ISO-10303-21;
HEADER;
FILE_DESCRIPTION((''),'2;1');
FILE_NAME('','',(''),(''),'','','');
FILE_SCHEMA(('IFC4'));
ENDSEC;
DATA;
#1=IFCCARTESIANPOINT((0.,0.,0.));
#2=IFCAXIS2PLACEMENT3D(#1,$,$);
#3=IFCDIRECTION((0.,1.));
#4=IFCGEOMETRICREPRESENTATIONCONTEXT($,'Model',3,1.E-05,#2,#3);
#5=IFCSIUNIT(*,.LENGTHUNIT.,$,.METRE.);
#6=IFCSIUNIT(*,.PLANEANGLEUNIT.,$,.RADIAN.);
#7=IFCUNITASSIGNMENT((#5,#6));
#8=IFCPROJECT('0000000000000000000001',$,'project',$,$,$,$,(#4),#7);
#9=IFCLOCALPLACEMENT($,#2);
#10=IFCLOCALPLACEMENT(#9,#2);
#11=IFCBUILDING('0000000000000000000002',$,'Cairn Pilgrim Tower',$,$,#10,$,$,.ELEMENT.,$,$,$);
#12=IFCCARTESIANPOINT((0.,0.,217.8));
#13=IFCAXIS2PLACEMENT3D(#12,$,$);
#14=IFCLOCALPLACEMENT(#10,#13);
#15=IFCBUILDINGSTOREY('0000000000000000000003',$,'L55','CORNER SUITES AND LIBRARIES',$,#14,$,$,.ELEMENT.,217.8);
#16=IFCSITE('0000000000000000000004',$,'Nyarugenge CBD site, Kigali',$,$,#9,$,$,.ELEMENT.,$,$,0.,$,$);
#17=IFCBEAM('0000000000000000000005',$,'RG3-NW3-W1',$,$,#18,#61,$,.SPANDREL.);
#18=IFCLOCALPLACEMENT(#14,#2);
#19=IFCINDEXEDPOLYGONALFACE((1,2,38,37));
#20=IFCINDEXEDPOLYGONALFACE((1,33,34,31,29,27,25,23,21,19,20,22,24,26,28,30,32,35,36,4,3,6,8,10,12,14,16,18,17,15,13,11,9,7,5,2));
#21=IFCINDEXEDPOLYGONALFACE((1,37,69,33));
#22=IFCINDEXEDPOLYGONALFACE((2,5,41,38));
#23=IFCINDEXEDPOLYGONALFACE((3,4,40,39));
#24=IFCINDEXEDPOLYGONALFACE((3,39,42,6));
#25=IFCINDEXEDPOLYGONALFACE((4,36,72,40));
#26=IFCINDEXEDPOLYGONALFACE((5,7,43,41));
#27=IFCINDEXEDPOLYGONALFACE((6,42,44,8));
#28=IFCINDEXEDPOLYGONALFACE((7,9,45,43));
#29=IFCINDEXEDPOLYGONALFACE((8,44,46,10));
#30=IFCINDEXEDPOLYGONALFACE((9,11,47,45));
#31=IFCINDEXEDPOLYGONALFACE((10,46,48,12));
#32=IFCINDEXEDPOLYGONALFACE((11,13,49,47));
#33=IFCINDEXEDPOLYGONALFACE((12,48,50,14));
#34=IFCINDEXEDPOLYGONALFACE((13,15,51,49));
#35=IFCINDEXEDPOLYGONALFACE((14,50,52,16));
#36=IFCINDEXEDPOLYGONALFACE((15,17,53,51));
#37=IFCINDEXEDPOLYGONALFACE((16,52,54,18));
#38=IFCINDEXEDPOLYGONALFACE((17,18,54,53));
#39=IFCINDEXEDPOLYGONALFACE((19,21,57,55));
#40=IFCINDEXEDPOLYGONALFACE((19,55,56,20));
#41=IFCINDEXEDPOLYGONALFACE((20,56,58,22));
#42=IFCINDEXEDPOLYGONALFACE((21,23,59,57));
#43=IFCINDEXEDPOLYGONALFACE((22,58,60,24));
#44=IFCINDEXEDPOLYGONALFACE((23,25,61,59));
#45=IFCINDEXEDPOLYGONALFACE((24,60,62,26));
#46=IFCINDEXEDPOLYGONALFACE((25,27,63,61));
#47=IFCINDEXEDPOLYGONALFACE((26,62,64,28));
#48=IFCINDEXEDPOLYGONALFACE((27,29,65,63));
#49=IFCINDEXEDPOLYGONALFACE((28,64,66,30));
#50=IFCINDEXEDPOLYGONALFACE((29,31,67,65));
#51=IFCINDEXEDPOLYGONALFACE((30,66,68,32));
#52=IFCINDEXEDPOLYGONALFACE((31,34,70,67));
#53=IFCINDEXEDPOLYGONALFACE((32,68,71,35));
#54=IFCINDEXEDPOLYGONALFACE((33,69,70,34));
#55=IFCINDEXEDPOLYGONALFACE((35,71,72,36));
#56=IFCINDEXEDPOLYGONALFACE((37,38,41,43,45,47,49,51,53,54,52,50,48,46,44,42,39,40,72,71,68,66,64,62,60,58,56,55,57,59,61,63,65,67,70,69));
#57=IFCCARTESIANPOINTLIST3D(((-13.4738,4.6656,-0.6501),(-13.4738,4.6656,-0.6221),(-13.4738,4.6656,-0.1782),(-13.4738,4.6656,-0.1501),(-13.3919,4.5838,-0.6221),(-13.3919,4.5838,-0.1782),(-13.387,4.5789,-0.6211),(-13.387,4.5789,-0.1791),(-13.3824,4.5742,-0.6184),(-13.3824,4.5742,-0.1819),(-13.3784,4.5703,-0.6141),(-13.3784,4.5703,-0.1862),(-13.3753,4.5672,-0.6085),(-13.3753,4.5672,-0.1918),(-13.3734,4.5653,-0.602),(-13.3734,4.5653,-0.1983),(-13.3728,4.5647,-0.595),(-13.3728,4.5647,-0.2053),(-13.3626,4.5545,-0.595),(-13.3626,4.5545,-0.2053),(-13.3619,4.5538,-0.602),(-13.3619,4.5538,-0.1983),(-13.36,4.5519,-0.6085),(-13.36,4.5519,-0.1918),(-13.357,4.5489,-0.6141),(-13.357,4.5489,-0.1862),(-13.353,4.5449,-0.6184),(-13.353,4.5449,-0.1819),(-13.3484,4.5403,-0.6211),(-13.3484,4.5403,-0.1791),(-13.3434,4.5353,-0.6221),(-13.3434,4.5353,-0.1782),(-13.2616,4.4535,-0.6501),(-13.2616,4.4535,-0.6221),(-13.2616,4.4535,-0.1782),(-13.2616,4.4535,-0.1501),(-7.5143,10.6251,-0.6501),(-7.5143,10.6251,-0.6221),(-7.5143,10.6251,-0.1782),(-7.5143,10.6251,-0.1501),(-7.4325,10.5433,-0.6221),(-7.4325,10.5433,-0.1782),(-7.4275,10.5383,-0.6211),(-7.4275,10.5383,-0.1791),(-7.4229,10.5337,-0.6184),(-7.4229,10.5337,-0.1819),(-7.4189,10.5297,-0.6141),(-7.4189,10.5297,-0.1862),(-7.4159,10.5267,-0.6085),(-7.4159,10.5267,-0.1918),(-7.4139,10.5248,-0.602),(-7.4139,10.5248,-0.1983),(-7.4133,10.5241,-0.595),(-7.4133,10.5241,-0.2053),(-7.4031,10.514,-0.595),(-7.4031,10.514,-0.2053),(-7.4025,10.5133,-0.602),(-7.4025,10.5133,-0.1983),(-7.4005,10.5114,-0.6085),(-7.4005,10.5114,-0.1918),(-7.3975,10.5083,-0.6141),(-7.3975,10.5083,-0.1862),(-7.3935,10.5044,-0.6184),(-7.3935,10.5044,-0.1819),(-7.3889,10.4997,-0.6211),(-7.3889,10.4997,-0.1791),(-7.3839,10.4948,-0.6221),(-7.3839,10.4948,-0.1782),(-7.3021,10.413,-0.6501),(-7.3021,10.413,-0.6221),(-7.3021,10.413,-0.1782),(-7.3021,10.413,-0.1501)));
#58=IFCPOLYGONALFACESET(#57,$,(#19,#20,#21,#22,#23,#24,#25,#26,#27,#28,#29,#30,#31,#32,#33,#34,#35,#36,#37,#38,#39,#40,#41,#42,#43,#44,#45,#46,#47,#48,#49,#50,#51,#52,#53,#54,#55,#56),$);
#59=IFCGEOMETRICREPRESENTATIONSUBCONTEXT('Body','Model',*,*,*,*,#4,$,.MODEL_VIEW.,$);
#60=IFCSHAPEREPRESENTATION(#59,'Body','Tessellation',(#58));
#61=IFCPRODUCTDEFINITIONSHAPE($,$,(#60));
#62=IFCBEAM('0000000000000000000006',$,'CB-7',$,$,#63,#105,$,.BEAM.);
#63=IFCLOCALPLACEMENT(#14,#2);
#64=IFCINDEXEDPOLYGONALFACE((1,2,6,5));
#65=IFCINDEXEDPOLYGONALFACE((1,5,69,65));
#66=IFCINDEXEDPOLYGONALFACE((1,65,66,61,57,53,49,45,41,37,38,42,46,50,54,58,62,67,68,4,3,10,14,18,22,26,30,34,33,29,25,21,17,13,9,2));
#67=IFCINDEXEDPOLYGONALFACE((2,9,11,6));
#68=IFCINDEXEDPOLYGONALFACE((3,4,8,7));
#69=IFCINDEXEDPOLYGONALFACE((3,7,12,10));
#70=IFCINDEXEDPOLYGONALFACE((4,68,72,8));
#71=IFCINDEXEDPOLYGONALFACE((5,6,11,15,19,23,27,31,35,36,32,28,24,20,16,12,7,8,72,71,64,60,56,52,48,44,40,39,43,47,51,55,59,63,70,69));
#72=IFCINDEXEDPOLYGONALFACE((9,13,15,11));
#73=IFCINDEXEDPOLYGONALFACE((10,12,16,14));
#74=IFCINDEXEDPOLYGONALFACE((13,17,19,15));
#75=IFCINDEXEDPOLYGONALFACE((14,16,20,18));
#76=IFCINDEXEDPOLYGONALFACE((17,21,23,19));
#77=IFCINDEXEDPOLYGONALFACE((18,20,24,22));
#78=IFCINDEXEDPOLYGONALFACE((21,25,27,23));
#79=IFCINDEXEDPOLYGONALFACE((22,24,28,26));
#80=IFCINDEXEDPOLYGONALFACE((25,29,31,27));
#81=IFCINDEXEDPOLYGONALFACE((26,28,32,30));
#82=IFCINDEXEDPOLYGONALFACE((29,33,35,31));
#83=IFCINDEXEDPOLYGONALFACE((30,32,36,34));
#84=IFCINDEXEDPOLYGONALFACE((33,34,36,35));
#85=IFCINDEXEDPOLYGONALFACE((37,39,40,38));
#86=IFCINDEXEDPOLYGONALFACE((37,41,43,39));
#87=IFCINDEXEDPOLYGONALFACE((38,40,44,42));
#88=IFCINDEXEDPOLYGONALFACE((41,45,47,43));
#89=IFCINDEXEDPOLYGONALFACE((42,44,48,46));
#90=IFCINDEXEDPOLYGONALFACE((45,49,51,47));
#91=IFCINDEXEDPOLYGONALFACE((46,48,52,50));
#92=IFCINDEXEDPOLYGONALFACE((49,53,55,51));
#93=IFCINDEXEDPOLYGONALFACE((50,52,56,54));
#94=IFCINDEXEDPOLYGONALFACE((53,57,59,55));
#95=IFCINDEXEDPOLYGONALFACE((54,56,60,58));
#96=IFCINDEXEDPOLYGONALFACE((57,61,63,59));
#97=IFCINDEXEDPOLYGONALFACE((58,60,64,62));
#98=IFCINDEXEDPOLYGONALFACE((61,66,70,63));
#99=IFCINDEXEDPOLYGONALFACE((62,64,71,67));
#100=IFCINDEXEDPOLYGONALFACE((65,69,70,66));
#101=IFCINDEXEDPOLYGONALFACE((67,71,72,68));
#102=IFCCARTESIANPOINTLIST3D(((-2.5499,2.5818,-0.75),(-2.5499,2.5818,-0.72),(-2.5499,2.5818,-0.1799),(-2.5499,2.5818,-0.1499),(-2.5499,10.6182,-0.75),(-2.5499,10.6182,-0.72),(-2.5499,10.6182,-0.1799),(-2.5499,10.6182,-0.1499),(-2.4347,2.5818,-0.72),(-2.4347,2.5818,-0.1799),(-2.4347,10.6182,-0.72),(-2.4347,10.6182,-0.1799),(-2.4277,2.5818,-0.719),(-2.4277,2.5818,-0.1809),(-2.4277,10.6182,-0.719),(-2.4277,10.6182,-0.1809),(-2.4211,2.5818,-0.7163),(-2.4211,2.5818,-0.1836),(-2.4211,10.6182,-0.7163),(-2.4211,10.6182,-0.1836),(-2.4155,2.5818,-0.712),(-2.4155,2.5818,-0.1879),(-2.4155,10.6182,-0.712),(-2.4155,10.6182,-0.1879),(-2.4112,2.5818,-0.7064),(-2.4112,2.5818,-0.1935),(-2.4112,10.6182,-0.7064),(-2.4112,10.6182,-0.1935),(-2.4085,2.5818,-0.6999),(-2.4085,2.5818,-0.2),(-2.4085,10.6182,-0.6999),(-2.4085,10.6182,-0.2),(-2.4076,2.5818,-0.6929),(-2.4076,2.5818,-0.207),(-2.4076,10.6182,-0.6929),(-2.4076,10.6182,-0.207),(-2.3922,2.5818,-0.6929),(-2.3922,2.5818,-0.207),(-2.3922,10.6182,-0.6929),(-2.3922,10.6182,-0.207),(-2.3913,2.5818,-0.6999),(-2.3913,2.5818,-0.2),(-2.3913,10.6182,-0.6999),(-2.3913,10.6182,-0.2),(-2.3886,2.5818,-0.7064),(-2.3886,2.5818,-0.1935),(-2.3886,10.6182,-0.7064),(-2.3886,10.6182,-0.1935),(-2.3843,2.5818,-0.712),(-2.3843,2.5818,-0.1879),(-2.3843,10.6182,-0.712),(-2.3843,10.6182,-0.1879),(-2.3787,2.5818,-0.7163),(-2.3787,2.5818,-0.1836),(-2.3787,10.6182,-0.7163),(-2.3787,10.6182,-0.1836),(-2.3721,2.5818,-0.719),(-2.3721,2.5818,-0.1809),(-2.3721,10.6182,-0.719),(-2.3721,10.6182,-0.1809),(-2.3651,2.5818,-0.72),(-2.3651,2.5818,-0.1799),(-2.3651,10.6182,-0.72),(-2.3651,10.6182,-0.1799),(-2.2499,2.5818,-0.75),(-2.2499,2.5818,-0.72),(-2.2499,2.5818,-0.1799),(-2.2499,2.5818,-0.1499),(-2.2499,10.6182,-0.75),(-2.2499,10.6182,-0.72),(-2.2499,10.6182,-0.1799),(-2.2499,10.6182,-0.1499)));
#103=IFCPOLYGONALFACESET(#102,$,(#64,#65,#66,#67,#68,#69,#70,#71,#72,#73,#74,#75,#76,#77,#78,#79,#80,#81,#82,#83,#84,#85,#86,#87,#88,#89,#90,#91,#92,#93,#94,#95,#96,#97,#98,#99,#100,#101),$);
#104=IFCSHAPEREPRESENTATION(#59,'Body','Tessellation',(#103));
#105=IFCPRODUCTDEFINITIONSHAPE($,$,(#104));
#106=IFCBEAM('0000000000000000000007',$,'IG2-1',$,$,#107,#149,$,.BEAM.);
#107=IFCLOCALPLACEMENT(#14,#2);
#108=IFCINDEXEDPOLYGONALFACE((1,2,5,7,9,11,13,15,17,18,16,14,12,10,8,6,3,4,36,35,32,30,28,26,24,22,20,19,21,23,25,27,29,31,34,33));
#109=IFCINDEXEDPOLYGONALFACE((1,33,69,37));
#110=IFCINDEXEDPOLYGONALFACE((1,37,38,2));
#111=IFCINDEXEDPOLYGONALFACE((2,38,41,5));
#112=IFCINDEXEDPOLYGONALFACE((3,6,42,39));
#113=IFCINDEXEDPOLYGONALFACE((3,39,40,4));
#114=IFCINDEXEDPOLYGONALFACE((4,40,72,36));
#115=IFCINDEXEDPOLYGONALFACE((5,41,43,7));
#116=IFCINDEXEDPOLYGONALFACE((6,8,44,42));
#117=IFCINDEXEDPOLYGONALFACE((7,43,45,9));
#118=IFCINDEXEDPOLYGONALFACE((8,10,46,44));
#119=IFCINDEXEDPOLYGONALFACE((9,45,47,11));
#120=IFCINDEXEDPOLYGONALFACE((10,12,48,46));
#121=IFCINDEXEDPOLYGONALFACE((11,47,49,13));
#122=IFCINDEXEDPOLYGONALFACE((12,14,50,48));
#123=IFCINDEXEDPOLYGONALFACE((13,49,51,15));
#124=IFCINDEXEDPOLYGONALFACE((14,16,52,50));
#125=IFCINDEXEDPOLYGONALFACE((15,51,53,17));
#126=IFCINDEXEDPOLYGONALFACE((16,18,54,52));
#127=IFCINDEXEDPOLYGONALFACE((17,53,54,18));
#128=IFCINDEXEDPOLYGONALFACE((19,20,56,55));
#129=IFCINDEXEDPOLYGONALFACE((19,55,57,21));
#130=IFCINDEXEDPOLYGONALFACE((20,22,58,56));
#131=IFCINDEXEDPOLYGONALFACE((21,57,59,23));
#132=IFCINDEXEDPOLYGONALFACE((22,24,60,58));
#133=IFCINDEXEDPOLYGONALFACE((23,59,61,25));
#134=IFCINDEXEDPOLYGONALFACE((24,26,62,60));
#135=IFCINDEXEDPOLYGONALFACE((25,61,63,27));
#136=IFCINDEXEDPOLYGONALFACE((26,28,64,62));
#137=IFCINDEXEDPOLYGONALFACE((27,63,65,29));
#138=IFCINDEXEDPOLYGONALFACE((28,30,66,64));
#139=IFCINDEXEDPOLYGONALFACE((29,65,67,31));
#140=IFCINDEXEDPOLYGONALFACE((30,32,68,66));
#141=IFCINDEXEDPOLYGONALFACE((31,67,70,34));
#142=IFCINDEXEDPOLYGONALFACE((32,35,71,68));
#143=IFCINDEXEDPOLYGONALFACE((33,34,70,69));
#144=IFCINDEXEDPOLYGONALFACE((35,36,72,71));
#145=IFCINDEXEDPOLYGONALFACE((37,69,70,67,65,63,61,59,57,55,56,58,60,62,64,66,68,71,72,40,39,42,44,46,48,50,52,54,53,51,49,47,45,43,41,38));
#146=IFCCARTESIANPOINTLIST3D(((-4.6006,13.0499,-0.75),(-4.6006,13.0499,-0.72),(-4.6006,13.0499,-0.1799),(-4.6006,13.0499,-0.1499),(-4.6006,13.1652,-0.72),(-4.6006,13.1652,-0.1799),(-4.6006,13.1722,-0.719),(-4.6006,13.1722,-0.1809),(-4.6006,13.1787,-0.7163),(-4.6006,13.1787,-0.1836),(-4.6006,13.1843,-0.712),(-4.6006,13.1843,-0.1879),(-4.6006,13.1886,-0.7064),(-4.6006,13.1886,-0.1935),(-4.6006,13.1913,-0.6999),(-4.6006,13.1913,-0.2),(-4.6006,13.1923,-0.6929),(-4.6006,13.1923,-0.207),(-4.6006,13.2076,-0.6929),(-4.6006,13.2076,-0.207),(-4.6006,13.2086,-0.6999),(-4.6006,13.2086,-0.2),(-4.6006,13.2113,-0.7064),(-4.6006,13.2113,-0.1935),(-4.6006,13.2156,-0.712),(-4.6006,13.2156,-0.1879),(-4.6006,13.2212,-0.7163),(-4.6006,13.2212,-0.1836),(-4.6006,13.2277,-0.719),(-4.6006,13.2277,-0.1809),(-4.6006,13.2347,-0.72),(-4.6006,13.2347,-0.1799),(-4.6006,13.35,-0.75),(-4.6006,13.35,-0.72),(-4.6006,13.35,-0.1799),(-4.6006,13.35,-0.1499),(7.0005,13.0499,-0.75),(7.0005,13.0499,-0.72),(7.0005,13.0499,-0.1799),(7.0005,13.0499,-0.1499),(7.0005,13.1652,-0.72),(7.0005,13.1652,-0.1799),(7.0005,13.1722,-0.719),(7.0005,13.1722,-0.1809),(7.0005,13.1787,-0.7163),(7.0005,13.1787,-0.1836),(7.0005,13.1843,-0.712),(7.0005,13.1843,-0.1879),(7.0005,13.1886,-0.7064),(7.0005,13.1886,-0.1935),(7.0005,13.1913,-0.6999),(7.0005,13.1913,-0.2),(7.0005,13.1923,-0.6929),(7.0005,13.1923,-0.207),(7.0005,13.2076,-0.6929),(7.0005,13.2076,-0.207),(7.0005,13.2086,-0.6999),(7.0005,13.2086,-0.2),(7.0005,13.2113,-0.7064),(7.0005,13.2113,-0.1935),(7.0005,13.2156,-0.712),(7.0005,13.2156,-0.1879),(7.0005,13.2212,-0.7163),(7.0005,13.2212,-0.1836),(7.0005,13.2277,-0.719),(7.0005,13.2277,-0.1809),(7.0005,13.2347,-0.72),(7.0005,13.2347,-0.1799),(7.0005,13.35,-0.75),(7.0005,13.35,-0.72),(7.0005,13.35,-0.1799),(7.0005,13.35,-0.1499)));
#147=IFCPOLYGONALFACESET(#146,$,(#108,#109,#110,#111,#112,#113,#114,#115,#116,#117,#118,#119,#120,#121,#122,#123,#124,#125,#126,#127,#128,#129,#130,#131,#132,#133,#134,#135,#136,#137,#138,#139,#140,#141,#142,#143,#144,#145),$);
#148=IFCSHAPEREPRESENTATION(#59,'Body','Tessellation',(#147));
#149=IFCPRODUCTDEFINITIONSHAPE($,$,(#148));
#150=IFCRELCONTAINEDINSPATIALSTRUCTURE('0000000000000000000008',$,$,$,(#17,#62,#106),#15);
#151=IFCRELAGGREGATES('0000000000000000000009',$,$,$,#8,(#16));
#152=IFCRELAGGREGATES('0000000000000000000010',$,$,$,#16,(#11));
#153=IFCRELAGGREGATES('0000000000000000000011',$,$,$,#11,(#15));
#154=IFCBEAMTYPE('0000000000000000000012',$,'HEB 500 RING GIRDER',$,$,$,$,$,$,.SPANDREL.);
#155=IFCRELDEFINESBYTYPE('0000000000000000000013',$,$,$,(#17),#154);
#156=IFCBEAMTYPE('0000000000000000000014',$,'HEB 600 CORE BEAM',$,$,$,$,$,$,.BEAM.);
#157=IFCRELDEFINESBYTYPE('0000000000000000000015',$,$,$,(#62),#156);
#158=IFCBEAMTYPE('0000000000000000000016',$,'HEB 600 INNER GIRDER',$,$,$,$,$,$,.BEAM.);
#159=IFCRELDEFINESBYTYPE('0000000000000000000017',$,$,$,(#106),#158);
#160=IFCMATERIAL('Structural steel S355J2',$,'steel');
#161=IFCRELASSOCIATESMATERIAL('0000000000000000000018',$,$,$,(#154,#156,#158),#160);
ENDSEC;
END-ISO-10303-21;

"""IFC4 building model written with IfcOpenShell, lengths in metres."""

from ifc_helpers import new_model, si_unit, direction, frame, origin, origin_2d, place, context, subcontext, project, spatial, i_section, extrude, material, material_profile, profile_set, type_object, element, save


model = new_model("IFC4")

# Units and contexts
model_context = context("Model", 3, precision=1e-05, world=origin(), true_north=direction((0.0, 1.0)))
body_context = subcontext(model_context, "Body", "Model", "MODEL_VIEW")
ifc_project = project(units=[si_unit("LENGTHUNIT", "METRE"), si_unit("PLANEANGLEUNIT", "RADIAN")], contexts=[model_context])

# Site, building, storey
site_placement = place(None, origin())
site = spatial("IfcSite", under=ifc_project, at=site_placement, Name="Nyarugenge CBD site, Kigali", CompositionType="ELEMENT", RefElevation=0.0)
building_placement = place(site_placement, origin())
building = spatial("IfcBuilding", under=site, at=building_placement, Name="Cairn Pilgrim Tower", CompositionType="ELEMENT")
storey_placement = place(building_placement, frame((0.0, 0.0, 217.8)))
storey = spatial("IfcBuildingStorey", under=building, at=storey_placement, Name="L55", Description="CORNER SUITES AND LIBRARIES", CompositionType="ELEMENT", Elevation=217.8)

# Shared definitions
ifc_material_1 = material(Name="Structural steel S355J2", Category="steel")

# Beams
ifc_material_profile_1 = material_profile(ifc_material_1, i_section(OverallWidth=0.3, OverallDepth=0.5, WebThickness=0.0144, FlangeThickness=0.0281, FilletRadius=0.0271, at=origin_2d()), Name="HEB 500")
ifc_profile_set_1 = profile_set([ifc_material_profile_1], Name="Structural steel S355J2")
beam_type_1 = type_object("IfcBeamType", Name="HEB 500 RING GIRDER", PredefinedType="SPANDREL", material=ifc_profile_set_1)
beam_1_placement = place(storey_placement, frame((-7.4082, 10.519, -0.4001), z_axis=(-0.707107, -0.707107, 0.0), x_axis=(0.707107, -0.707107, 0.0)))
element("IfcBeam", 1, at=beam_1_placement, inside=storey, type_object=beam_type_1, Name="RG3-NW3-W1", PredefinedType="SPANDREL", context=body_context, shape_type="SweptSolid", body=[
    extrude(i_section(OverallWidth=0.3, OverallDepth=0.5, WebThickness=0.0144, FlangeThickness=0.0281, FilletRadius=0.0271, at=origin_2d()), origin(), (0.0, 0.0, 1.0), 8.428),
])
ifc_material_profile_2 = material_profile(ifc_material_1, i_section(OverallWidth=0.3, OverallDepth=0.6001, WebThickness=0.0154, FlangeThickness=0.03, FilletRadius=0.0271, at=origin_2d()), Name="HEB 600")
ifc_profile_set_2 = profile_set([ifc_material_profile_2], Name="Structural steel S355J2")
beam_type_2 = type_object("IfcBeamType", Name="HEB 600 CORE BEAM", PredefinedType="BEAM", material=ifc_profile_set_2)
beam_2_placement = place(storey_placement, frame((-2.3999, 10.6182, -0.45), z_axis=(0.0, -1.0, 0.0), x_axis=(1.0, 0.0, 0.0)))
element("IfcBeam", 2, at=beam_2_placement, inside=storey, type_object=beam_type_2, Name="CB-7", PredefinedType="BEAM", context=body_context, shape_type="SweptSolid", body=[
    extrude(i_section(OverallWidth=0.3, OverallDepth=0.6001, WebThickness=0.0154, FlangeThickness=0.03, FilletRadius=0.0271, at=origin_2d()), origin(), (0.0, 0.0, 1.0), 8.0364),
])
ifc_material_profile_3 = material_profile(ifc_material_1, i_section(OverallWidth=0.3, OverallDepth=0.6001, WebThickness=0.0154, FlangeThickness=0.03, FilletRadius=0.0271, at=origin_2d()), Name="HEB 600")
ifc_profile_set_3 = profile_set([ifc_material_profile_3], Name="Structural steel S355J2")
beam_type_3 = type_object("IfcBeamType", Name="HEB 600 INNER GIRDER", PredefinedType="BEAM", material=ifc_profile_set_3)
beam_3_placement = place(storey_placement, frame((-4.6006, 13.2, -0.45), z_axis=(1.0, 0.0, 0.0), x_axis=(0.0, 1.0, 0.0)))
element("IfcBeam", 3, at=beam_3_placement, inside=storey, type_object=beam_type_3, Name="IG2-1", PredefinedType="BEAM", context=body_context, shape_type="SweptSolid", body=[
    extrude(i_section(OverallWidth=0.3, OverallDepth=0.6001, WebThickness=0.0154, FlangeThickness=0.03, FilletRadius=0.0271, at=origin_2d()), origin(), (0.0, 0.0, 1.0), 11.6011),
])

save(model, "model.ifc")
